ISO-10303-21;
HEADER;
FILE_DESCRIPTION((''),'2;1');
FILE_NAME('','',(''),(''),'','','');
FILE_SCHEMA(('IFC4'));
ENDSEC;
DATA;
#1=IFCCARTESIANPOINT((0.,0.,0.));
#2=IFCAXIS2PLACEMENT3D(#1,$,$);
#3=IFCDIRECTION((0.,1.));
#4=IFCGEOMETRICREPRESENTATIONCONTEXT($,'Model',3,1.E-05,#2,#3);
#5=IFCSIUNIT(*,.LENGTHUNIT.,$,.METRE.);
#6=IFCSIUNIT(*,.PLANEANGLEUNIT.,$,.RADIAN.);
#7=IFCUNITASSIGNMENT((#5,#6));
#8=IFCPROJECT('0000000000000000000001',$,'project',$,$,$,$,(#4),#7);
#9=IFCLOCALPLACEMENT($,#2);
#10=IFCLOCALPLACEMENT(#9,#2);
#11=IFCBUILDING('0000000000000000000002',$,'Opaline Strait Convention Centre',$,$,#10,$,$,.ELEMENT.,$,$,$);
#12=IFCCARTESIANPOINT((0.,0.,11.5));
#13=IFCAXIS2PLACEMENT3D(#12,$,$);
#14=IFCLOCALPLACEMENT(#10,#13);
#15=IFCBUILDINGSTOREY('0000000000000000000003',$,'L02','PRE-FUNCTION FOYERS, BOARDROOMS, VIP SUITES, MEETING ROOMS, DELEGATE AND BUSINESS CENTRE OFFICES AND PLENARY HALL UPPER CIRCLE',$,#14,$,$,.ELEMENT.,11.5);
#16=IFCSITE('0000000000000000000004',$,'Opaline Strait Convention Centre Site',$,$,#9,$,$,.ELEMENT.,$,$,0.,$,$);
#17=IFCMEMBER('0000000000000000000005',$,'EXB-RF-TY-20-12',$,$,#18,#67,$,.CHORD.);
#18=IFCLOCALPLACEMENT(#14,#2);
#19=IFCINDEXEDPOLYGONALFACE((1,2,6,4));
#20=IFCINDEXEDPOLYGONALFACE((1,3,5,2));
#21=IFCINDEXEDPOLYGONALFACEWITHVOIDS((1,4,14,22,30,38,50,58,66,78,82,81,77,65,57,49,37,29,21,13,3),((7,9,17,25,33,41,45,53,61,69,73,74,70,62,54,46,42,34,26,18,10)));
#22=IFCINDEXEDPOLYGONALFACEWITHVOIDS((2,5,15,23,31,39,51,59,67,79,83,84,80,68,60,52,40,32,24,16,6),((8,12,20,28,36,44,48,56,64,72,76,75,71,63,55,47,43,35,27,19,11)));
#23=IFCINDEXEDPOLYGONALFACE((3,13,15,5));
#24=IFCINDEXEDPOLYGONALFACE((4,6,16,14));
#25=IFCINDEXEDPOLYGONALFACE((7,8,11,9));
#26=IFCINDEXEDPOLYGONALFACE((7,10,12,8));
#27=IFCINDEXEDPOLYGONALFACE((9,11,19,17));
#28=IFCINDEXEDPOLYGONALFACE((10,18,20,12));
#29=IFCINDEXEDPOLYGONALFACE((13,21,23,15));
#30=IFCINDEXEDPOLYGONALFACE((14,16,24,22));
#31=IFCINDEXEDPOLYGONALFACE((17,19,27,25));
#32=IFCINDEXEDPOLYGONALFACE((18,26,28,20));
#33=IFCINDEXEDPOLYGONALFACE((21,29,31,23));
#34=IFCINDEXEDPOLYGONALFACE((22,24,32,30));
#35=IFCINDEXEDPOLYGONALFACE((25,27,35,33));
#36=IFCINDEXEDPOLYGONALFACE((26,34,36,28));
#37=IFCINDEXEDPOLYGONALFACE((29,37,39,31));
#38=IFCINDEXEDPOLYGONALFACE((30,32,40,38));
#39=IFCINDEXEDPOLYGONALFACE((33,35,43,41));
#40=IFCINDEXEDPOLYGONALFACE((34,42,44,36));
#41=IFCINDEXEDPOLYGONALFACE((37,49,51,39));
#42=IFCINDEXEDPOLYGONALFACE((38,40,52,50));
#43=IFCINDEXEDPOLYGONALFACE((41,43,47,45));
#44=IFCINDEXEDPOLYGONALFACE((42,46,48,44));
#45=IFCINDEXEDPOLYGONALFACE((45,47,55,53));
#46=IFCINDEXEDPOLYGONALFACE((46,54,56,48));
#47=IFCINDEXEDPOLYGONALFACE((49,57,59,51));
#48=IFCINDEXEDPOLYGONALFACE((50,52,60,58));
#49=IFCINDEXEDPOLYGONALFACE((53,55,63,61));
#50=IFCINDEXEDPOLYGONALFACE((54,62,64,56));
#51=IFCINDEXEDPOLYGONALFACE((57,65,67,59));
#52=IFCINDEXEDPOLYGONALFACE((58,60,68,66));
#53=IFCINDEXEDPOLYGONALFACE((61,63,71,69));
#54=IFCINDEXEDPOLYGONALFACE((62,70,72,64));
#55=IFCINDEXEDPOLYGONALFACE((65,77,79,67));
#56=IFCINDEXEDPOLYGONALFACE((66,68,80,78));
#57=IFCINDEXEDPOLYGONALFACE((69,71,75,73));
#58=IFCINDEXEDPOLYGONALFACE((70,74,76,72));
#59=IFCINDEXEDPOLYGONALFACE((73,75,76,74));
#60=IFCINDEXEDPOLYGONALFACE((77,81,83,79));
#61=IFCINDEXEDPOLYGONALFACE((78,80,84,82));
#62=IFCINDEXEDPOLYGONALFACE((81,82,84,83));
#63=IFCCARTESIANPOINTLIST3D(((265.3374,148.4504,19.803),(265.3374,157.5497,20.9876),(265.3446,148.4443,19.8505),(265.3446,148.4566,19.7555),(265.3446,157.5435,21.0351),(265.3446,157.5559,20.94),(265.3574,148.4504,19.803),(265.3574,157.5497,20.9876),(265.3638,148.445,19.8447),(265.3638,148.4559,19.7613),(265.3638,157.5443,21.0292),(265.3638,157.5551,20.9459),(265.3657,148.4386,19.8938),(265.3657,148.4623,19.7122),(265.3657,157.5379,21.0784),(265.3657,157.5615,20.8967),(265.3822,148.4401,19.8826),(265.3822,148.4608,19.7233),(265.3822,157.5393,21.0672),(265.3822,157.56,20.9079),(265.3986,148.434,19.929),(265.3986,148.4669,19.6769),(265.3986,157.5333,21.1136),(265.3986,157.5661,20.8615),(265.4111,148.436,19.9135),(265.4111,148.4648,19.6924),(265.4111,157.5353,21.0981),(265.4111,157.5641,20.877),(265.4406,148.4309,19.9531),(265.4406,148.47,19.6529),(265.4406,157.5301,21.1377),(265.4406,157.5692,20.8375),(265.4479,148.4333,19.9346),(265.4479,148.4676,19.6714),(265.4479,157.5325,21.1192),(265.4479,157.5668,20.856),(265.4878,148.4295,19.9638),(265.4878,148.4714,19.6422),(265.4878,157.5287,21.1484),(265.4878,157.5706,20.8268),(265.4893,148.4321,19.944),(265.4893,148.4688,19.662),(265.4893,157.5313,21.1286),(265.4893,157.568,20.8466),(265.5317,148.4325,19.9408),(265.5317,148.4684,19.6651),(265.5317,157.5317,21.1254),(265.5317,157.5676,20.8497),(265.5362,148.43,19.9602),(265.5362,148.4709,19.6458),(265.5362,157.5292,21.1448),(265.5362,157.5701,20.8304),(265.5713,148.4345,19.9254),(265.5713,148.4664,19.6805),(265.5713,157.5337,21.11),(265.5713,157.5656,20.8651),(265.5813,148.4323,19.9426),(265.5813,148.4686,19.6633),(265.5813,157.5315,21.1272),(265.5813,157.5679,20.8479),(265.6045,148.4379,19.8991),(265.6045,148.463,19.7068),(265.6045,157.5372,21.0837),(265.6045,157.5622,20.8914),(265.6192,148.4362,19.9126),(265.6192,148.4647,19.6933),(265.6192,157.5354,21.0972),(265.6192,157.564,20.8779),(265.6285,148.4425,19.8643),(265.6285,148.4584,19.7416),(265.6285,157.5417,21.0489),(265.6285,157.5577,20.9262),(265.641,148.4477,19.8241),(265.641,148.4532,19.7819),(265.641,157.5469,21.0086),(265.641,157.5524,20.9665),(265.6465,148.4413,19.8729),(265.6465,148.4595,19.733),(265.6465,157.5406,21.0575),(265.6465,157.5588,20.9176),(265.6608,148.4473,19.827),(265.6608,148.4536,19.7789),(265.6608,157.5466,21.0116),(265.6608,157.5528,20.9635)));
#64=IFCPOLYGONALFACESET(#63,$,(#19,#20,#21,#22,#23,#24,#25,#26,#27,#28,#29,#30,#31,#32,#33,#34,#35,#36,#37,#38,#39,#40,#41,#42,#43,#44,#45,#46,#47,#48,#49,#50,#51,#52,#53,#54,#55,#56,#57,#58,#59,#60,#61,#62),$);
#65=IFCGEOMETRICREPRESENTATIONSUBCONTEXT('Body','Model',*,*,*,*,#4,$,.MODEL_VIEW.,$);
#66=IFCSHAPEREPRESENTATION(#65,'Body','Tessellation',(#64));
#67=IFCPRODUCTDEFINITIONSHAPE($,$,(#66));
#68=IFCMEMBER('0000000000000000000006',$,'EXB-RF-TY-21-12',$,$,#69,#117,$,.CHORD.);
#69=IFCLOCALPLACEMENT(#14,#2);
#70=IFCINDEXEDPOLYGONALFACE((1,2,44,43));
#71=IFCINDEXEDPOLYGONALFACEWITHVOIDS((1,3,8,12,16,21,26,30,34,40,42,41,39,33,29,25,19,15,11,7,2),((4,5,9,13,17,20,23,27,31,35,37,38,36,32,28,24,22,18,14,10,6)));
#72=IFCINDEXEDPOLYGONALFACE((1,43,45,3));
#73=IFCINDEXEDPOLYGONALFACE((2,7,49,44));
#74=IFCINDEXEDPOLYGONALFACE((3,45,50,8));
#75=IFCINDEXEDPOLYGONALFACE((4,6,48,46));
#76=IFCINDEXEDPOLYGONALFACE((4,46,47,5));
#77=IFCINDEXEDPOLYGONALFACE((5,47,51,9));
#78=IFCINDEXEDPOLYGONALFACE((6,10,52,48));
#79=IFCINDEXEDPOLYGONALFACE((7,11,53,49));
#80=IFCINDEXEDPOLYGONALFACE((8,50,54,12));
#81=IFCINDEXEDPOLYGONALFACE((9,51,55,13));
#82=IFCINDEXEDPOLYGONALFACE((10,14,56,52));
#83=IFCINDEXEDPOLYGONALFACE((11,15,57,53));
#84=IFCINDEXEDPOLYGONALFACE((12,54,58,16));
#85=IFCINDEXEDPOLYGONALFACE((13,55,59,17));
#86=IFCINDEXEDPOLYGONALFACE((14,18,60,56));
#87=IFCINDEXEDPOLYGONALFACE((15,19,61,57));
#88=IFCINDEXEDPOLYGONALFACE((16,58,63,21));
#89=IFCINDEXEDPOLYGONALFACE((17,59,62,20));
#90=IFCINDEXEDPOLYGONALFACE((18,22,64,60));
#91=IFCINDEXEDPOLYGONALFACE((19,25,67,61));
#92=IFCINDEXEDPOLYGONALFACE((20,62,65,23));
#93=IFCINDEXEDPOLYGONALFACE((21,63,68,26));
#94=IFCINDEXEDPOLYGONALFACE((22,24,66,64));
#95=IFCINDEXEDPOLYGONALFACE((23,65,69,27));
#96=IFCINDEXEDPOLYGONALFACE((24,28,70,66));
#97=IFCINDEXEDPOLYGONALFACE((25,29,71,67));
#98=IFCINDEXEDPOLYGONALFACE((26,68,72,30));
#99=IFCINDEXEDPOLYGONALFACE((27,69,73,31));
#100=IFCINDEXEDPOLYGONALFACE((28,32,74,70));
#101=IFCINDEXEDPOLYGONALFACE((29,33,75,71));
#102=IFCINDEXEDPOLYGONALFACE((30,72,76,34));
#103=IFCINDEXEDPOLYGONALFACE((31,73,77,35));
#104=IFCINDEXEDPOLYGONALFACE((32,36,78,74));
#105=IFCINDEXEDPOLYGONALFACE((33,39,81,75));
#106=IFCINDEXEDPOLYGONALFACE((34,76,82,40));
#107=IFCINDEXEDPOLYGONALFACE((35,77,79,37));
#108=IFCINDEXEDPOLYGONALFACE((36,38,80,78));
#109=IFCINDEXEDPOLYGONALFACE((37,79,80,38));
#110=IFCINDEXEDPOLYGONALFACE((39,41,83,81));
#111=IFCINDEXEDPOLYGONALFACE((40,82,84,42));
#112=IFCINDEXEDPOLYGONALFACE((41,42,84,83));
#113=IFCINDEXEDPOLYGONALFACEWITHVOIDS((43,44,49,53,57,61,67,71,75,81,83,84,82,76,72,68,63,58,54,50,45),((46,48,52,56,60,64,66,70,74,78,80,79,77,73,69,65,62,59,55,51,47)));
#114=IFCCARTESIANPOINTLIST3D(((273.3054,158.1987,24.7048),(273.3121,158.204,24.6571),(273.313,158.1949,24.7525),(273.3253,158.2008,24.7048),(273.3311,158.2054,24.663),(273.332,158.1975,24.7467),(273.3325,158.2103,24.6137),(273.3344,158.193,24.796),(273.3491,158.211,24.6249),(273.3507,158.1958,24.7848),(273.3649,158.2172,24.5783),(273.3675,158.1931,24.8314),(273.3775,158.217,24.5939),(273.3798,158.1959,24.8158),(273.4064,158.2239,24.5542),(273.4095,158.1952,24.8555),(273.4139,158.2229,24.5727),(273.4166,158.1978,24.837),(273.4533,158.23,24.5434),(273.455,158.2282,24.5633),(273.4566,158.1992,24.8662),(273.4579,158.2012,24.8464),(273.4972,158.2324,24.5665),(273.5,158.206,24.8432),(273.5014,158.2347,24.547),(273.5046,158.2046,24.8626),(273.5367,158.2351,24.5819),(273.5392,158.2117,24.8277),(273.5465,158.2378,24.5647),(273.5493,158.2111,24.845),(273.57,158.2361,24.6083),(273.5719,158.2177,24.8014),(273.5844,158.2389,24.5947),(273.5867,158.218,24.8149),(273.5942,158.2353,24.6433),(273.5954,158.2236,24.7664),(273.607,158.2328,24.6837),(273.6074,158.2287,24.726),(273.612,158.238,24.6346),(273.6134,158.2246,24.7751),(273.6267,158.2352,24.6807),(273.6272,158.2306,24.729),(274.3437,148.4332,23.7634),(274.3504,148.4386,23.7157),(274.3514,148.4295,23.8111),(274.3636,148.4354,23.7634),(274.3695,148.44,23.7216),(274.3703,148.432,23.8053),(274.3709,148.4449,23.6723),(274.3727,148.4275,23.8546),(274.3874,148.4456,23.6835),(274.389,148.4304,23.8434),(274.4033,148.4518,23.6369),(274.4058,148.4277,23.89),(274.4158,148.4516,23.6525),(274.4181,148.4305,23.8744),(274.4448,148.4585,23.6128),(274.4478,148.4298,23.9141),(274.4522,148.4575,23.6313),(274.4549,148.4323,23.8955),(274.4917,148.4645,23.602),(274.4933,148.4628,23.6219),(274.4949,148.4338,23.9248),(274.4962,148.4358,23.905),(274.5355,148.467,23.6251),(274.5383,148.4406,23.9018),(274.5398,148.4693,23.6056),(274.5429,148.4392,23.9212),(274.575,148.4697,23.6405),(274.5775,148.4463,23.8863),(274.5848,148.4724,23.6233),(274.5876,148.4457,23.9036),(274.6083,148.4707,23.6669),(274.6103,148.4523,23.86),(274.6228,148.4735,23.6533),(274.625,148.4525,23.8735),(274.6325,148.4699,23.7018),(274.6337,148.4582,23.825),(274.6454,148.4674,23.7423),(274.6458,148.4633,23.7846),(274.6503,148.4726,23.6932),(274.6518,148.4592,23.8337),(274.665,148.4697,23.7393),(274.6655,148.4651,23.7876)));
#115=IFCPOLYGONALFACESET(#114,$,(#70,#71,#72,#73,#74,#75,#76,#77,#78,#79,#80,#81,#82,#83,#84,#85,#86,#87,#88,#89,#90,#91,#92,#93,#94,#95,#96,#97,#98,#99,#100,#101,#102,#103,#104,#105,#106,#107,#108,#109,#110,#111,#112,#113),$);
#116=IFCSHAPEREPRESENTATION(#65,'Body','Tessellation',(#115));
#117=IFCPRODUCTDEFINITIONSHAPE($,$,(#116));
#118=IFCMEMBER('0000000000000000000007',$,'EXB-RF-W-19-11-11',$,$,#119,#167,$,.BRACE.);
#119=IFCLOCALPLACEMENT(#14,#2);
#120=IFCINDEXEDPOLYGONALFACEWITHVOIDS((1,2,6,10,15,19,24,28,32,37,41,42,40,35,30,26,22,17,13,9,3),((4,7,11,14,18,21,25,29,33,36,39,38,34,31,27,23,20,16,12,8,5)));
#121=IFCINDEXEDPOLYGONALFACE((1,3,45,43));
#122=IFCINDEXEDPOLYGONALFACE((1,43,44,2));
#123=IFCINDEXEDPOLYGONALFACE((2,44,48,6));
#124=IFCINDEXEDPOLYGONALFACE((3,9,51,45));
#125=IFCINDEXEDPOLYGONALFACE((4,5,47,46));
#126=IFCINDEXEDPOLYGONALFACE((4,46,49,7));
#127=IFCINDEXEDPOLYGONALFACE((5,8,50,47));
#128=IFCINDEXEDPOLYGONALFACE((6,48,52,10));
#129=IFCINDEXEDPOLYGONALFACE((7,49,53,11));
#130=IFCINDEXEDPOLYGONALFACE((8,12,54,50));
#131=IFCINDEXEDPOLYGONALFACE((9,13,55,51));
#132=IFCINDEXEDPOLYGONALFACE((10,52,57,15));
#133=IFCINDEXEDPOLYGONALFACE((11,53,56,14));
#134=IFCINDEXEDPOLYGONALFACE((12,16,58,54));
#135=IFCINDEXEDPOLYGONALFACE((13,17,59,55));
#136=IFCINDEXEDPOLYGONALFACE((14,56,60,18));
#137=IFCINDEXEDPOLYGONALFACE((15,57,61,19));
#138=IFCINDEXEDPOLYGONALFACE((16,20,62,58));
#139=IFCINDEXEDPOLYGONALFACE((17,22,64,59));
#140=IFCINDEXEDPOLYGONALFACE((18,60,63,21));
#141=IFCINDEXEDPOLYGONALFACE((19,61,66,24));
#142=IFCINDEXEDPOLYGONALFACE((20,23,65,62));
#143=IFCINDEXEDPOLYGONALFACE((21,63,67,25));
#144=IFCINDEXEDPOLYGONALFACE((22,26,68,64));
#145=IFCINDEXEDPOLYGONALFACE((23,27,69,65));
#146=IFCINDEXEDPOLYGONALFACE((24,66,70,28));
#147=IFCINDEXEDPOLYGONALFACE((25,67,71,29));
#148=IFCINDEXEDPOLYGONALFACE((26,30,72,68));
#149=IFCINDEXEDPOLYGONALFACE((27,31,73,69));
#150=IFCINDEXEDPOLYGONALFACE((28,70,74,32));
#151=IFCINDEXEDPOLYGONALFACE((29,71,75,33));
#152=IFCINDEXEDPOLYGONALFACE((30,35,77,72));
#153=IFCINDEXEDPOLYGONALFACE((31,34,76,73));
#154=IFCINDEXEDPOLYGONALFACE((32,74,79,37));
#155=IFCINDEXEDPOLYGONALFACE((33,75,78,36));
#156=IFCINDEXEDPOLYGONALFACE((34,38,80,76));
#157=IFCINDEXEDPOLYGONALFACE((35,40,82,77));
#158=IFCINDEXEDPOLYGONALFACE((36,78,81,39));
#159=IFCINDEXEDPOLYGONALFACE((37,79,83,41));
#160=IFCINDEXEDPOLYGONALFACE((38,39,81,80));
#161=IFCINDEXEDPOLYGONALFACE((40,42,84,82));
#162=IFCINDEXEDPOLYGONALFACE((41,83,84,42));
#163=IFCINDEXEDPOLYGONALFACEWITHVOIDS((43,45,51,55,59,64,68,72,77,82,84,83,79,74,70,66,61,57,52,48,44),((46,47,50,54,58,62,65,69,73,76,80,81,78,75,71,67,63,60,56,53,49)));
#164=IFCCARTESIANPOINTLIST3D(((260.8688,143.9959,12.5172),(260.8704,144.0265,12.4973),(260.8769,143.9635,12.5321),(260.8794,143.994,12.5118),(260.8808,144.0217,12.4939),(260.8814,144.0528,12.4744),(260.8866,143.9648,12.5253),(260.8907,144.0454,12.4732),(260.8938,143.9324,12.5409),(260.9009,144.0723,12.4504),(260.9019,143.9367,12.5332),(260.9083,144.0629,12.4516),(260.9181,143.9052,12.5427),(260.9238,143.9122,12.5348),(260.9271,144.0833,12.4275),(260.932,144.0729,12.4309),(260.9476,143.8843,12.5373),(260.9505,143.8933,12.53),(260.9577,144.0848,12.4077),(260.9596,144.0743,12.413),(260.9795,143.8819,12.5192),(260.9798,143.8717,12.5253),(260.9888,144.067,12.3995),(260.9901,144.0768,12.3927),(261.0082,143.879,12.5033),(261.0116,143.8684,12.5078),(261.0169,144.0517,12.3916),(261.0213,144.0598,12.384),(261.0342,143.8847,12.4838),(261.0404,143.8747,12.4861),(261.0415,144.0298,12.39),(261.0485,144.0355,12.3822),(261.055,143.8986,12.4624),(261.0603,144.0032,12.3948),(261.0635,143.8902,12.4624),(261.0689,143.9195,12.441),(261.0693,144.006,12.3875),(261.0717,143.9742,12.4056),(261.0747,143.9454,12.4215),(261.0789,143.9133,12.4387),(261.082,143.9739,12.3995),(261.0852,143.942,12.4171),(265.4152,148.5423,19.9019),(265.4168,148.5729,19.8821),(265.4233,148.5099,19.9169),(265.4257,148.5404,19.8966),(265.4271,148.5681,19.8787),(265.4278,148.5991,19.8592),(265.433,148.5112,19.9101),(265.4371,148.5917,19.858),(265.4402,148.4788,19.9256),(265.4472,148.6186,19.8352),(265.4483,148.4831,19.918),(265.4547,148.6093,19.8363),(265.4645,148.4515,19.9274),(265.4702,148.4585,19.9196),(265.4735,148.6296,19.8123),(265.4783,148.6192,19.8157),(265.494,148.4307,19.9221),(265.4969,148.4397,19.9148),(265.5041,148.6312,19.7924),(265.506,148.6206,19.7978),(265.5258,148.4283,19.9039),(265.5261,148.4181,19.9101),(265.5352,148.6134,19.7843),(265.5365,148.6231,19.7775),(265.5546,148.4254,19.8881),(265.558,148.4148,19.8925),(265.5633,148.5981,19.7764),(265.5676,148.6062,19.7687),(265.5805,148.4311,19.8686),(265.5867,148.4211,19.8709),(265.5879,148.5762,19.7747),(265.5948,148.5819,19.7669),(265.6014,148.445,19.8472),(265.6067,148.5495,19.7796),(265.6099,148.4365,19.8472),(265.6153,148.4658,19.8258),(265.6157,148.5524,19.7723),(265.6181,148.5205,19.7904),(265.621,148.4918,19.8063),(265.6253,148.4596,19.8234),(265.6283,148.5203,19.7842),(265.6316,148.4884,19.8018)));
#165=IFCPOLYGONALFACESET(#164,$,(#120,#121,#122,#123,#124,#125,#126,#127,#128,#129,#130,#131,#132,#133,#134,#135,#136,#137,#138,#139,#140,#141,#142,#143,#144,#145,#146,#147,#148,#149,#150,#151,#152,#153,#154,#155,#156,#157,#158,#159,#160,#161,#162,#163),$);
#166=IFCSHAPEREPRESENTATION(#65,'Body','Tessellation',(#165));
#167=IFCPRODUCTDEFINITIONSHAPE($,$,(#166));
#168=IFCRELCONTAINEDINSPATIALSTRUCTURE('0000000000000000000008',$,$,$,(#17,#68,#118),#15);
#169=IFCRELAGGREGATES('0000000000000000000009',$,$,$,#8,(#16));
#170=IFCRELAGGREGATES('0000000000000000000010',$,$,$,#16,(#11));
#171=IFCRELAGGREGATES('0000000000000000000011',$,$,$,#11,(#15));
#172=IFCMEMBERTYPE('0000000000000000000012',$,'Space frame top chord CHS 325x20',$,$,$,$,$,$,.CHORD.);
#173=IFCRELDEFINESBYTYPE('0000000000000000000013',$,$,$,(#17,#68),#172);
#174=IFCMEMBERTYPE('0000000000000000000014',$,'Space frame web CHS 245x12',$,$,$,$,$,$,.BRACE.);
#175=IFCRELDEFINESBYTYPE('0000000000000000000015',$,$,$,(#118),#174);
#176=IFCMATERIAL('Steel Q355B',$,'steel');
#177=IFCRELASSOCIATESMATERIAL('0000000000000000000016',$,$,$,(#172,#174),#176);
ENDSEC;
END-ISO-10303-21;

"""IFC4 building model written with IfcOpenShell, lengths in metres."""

from ifc_helpers import new_model, si_unit, direction, frame, origin, origin_2d, place, context, subcontext, project, spatial, hollow_circle, extrude, material, material_profile, profile_set, type_object, element, save


model = new_model("IFC4")

# Units and contexts
model_context = context("Model", 3, precision=1e-05, world=origin(), true_north=direction((0.0, 1.0)))
body_context = subcontext(model_context, "Body", "Model", "MODEL_VIEW")
ifc_project = project(units=[si_unit("LENGTHUNIT", "METRE"), si_unit("PLANEANGLEUNIT", "RADIAN")], contexts=[model_context])

# Site, building, storey
site_placement = place(None, origin())
site = spatial("IfcSite", under=ifc_project, at=site_placement, Name="Opaline Strait Convention Centre Site", CompositionType="ELEMENT", RefElevation=0.0)
building_placement = place(site_placement, origin())
building = spatial("IfcBuilding", under=site, at=building_placement, Name="Opaline Strait Convention Centre", CompositionType="ELEMENT")
storey_placement = place(building_placement, frame((0.0, 0.0, 11.5)))
storey = spatial("IfcBuildingStorey", under=building, at=storey_placement, Name="L02", Description="PRE-FUNCTION FOYERS, BOARDROOMS, VIP SUITES, MEETING ROOMS, DELEGATE AND BUSINESS CENTRE OFFICES AND PLENARY HALL UPPER CIRCLE", CompositionType="ELEMENT", Elevation=11.5)

# Members
ifc_material_1 = material(Name="Steel Q355B", Category="steel")
ifc_material_profile_1 = material_profile(ifc_material_1, hollow_circle(Radius=0.1626, WallThickness=0.02, at=origin_2d()), Name="CHS 325x20")
ifc_profile_set_1 = profile_set([ifc_material_profile_1], Name="Steel Q355B")
member_type_1 = type_object("IfcMemberType", Name="Space frame top chord CHS 325x20", PredefinedType="CHORD", material=ifc_profile_set_1)
member_1_placement = place(storey_placement, frame((265.5, 148.4504, 19.803), z_axis=(0.0, 0.991632, 0.129096), x_axis=(-1.0, 0.0, 0.0)))
element("IfcMember", 1, at=member_1_placement, inside=storey, type_object=member_type_1, Name="EXB-RF-TY-20-12", PredefinedType="CHORD", context=body_context, shape_type="SweptSolid", body=[
    extrude(hollow_circle(Radius=0.1626, WallThickness=0.02, at=origin_2d()), origin(), (0.0, 0.0, 1.0), 9.176),
])
member_2_placement = place(storey_placement, frame((274.5054, 148.4504, 23.7634), z_axis=(-0.105249, 0.989857, 0.095425), x_axis=(-0.994395, -0.105732, 0.0)))
element("IfcMember", 2, at=member_2_placement, inside=storey, type_object=member_type_1, Name="EXB-RF-TY-21-12", PredefinedType="CHORD", context=body_context, shape_type="SweptSolid", body=[
    extrude(hollow_circle(Radius=0.1626, WallThickness=0.02, at=origin_2d()), origin(), (0.0, 0.0, 1.0), 9.8655),
])
ifc_material_profile_2 = material_profile(ifc_material_1, hollow_circle(Radius=0.1226, WallThickness=0.012, at=origin_2d()), Name="CHS 245x12")
ifc_profile_set_2 = profile_set([ifc_material_profile_2], Name="Steel Q355B")
member_type_2 = type_object("IfcMemberType", Name="Space frame web CHS 245x12", PredefinedType="BRACE", material=ifc_profile_set_2)
for number, where, z_axis, x_axis, name in (
    (3, (265.5232, 148.5232, 19.8472), (-0.464318, -0.464318, -0.754199), (0.707107, -0.707107, 0.0), "EXB-RF-W-19-11-11"),
):
    element("IfcMember", number, at=place(storey_placement, frame(where, z_axis=z_axis, x_axis=x_axis)), inside=storey, type_object=member_type_2, Name=name, PredefinedType="BRACE", context=body_context, shape_type="SweptSolid", body=[
        extrude(hollow_circle(Radius=0.1226, WallThickness=0.012, at=origin_2d()), origin(), (0.0, 0.0, 1.0), 9.7915),
    ])

save(model, "model.ifc")
